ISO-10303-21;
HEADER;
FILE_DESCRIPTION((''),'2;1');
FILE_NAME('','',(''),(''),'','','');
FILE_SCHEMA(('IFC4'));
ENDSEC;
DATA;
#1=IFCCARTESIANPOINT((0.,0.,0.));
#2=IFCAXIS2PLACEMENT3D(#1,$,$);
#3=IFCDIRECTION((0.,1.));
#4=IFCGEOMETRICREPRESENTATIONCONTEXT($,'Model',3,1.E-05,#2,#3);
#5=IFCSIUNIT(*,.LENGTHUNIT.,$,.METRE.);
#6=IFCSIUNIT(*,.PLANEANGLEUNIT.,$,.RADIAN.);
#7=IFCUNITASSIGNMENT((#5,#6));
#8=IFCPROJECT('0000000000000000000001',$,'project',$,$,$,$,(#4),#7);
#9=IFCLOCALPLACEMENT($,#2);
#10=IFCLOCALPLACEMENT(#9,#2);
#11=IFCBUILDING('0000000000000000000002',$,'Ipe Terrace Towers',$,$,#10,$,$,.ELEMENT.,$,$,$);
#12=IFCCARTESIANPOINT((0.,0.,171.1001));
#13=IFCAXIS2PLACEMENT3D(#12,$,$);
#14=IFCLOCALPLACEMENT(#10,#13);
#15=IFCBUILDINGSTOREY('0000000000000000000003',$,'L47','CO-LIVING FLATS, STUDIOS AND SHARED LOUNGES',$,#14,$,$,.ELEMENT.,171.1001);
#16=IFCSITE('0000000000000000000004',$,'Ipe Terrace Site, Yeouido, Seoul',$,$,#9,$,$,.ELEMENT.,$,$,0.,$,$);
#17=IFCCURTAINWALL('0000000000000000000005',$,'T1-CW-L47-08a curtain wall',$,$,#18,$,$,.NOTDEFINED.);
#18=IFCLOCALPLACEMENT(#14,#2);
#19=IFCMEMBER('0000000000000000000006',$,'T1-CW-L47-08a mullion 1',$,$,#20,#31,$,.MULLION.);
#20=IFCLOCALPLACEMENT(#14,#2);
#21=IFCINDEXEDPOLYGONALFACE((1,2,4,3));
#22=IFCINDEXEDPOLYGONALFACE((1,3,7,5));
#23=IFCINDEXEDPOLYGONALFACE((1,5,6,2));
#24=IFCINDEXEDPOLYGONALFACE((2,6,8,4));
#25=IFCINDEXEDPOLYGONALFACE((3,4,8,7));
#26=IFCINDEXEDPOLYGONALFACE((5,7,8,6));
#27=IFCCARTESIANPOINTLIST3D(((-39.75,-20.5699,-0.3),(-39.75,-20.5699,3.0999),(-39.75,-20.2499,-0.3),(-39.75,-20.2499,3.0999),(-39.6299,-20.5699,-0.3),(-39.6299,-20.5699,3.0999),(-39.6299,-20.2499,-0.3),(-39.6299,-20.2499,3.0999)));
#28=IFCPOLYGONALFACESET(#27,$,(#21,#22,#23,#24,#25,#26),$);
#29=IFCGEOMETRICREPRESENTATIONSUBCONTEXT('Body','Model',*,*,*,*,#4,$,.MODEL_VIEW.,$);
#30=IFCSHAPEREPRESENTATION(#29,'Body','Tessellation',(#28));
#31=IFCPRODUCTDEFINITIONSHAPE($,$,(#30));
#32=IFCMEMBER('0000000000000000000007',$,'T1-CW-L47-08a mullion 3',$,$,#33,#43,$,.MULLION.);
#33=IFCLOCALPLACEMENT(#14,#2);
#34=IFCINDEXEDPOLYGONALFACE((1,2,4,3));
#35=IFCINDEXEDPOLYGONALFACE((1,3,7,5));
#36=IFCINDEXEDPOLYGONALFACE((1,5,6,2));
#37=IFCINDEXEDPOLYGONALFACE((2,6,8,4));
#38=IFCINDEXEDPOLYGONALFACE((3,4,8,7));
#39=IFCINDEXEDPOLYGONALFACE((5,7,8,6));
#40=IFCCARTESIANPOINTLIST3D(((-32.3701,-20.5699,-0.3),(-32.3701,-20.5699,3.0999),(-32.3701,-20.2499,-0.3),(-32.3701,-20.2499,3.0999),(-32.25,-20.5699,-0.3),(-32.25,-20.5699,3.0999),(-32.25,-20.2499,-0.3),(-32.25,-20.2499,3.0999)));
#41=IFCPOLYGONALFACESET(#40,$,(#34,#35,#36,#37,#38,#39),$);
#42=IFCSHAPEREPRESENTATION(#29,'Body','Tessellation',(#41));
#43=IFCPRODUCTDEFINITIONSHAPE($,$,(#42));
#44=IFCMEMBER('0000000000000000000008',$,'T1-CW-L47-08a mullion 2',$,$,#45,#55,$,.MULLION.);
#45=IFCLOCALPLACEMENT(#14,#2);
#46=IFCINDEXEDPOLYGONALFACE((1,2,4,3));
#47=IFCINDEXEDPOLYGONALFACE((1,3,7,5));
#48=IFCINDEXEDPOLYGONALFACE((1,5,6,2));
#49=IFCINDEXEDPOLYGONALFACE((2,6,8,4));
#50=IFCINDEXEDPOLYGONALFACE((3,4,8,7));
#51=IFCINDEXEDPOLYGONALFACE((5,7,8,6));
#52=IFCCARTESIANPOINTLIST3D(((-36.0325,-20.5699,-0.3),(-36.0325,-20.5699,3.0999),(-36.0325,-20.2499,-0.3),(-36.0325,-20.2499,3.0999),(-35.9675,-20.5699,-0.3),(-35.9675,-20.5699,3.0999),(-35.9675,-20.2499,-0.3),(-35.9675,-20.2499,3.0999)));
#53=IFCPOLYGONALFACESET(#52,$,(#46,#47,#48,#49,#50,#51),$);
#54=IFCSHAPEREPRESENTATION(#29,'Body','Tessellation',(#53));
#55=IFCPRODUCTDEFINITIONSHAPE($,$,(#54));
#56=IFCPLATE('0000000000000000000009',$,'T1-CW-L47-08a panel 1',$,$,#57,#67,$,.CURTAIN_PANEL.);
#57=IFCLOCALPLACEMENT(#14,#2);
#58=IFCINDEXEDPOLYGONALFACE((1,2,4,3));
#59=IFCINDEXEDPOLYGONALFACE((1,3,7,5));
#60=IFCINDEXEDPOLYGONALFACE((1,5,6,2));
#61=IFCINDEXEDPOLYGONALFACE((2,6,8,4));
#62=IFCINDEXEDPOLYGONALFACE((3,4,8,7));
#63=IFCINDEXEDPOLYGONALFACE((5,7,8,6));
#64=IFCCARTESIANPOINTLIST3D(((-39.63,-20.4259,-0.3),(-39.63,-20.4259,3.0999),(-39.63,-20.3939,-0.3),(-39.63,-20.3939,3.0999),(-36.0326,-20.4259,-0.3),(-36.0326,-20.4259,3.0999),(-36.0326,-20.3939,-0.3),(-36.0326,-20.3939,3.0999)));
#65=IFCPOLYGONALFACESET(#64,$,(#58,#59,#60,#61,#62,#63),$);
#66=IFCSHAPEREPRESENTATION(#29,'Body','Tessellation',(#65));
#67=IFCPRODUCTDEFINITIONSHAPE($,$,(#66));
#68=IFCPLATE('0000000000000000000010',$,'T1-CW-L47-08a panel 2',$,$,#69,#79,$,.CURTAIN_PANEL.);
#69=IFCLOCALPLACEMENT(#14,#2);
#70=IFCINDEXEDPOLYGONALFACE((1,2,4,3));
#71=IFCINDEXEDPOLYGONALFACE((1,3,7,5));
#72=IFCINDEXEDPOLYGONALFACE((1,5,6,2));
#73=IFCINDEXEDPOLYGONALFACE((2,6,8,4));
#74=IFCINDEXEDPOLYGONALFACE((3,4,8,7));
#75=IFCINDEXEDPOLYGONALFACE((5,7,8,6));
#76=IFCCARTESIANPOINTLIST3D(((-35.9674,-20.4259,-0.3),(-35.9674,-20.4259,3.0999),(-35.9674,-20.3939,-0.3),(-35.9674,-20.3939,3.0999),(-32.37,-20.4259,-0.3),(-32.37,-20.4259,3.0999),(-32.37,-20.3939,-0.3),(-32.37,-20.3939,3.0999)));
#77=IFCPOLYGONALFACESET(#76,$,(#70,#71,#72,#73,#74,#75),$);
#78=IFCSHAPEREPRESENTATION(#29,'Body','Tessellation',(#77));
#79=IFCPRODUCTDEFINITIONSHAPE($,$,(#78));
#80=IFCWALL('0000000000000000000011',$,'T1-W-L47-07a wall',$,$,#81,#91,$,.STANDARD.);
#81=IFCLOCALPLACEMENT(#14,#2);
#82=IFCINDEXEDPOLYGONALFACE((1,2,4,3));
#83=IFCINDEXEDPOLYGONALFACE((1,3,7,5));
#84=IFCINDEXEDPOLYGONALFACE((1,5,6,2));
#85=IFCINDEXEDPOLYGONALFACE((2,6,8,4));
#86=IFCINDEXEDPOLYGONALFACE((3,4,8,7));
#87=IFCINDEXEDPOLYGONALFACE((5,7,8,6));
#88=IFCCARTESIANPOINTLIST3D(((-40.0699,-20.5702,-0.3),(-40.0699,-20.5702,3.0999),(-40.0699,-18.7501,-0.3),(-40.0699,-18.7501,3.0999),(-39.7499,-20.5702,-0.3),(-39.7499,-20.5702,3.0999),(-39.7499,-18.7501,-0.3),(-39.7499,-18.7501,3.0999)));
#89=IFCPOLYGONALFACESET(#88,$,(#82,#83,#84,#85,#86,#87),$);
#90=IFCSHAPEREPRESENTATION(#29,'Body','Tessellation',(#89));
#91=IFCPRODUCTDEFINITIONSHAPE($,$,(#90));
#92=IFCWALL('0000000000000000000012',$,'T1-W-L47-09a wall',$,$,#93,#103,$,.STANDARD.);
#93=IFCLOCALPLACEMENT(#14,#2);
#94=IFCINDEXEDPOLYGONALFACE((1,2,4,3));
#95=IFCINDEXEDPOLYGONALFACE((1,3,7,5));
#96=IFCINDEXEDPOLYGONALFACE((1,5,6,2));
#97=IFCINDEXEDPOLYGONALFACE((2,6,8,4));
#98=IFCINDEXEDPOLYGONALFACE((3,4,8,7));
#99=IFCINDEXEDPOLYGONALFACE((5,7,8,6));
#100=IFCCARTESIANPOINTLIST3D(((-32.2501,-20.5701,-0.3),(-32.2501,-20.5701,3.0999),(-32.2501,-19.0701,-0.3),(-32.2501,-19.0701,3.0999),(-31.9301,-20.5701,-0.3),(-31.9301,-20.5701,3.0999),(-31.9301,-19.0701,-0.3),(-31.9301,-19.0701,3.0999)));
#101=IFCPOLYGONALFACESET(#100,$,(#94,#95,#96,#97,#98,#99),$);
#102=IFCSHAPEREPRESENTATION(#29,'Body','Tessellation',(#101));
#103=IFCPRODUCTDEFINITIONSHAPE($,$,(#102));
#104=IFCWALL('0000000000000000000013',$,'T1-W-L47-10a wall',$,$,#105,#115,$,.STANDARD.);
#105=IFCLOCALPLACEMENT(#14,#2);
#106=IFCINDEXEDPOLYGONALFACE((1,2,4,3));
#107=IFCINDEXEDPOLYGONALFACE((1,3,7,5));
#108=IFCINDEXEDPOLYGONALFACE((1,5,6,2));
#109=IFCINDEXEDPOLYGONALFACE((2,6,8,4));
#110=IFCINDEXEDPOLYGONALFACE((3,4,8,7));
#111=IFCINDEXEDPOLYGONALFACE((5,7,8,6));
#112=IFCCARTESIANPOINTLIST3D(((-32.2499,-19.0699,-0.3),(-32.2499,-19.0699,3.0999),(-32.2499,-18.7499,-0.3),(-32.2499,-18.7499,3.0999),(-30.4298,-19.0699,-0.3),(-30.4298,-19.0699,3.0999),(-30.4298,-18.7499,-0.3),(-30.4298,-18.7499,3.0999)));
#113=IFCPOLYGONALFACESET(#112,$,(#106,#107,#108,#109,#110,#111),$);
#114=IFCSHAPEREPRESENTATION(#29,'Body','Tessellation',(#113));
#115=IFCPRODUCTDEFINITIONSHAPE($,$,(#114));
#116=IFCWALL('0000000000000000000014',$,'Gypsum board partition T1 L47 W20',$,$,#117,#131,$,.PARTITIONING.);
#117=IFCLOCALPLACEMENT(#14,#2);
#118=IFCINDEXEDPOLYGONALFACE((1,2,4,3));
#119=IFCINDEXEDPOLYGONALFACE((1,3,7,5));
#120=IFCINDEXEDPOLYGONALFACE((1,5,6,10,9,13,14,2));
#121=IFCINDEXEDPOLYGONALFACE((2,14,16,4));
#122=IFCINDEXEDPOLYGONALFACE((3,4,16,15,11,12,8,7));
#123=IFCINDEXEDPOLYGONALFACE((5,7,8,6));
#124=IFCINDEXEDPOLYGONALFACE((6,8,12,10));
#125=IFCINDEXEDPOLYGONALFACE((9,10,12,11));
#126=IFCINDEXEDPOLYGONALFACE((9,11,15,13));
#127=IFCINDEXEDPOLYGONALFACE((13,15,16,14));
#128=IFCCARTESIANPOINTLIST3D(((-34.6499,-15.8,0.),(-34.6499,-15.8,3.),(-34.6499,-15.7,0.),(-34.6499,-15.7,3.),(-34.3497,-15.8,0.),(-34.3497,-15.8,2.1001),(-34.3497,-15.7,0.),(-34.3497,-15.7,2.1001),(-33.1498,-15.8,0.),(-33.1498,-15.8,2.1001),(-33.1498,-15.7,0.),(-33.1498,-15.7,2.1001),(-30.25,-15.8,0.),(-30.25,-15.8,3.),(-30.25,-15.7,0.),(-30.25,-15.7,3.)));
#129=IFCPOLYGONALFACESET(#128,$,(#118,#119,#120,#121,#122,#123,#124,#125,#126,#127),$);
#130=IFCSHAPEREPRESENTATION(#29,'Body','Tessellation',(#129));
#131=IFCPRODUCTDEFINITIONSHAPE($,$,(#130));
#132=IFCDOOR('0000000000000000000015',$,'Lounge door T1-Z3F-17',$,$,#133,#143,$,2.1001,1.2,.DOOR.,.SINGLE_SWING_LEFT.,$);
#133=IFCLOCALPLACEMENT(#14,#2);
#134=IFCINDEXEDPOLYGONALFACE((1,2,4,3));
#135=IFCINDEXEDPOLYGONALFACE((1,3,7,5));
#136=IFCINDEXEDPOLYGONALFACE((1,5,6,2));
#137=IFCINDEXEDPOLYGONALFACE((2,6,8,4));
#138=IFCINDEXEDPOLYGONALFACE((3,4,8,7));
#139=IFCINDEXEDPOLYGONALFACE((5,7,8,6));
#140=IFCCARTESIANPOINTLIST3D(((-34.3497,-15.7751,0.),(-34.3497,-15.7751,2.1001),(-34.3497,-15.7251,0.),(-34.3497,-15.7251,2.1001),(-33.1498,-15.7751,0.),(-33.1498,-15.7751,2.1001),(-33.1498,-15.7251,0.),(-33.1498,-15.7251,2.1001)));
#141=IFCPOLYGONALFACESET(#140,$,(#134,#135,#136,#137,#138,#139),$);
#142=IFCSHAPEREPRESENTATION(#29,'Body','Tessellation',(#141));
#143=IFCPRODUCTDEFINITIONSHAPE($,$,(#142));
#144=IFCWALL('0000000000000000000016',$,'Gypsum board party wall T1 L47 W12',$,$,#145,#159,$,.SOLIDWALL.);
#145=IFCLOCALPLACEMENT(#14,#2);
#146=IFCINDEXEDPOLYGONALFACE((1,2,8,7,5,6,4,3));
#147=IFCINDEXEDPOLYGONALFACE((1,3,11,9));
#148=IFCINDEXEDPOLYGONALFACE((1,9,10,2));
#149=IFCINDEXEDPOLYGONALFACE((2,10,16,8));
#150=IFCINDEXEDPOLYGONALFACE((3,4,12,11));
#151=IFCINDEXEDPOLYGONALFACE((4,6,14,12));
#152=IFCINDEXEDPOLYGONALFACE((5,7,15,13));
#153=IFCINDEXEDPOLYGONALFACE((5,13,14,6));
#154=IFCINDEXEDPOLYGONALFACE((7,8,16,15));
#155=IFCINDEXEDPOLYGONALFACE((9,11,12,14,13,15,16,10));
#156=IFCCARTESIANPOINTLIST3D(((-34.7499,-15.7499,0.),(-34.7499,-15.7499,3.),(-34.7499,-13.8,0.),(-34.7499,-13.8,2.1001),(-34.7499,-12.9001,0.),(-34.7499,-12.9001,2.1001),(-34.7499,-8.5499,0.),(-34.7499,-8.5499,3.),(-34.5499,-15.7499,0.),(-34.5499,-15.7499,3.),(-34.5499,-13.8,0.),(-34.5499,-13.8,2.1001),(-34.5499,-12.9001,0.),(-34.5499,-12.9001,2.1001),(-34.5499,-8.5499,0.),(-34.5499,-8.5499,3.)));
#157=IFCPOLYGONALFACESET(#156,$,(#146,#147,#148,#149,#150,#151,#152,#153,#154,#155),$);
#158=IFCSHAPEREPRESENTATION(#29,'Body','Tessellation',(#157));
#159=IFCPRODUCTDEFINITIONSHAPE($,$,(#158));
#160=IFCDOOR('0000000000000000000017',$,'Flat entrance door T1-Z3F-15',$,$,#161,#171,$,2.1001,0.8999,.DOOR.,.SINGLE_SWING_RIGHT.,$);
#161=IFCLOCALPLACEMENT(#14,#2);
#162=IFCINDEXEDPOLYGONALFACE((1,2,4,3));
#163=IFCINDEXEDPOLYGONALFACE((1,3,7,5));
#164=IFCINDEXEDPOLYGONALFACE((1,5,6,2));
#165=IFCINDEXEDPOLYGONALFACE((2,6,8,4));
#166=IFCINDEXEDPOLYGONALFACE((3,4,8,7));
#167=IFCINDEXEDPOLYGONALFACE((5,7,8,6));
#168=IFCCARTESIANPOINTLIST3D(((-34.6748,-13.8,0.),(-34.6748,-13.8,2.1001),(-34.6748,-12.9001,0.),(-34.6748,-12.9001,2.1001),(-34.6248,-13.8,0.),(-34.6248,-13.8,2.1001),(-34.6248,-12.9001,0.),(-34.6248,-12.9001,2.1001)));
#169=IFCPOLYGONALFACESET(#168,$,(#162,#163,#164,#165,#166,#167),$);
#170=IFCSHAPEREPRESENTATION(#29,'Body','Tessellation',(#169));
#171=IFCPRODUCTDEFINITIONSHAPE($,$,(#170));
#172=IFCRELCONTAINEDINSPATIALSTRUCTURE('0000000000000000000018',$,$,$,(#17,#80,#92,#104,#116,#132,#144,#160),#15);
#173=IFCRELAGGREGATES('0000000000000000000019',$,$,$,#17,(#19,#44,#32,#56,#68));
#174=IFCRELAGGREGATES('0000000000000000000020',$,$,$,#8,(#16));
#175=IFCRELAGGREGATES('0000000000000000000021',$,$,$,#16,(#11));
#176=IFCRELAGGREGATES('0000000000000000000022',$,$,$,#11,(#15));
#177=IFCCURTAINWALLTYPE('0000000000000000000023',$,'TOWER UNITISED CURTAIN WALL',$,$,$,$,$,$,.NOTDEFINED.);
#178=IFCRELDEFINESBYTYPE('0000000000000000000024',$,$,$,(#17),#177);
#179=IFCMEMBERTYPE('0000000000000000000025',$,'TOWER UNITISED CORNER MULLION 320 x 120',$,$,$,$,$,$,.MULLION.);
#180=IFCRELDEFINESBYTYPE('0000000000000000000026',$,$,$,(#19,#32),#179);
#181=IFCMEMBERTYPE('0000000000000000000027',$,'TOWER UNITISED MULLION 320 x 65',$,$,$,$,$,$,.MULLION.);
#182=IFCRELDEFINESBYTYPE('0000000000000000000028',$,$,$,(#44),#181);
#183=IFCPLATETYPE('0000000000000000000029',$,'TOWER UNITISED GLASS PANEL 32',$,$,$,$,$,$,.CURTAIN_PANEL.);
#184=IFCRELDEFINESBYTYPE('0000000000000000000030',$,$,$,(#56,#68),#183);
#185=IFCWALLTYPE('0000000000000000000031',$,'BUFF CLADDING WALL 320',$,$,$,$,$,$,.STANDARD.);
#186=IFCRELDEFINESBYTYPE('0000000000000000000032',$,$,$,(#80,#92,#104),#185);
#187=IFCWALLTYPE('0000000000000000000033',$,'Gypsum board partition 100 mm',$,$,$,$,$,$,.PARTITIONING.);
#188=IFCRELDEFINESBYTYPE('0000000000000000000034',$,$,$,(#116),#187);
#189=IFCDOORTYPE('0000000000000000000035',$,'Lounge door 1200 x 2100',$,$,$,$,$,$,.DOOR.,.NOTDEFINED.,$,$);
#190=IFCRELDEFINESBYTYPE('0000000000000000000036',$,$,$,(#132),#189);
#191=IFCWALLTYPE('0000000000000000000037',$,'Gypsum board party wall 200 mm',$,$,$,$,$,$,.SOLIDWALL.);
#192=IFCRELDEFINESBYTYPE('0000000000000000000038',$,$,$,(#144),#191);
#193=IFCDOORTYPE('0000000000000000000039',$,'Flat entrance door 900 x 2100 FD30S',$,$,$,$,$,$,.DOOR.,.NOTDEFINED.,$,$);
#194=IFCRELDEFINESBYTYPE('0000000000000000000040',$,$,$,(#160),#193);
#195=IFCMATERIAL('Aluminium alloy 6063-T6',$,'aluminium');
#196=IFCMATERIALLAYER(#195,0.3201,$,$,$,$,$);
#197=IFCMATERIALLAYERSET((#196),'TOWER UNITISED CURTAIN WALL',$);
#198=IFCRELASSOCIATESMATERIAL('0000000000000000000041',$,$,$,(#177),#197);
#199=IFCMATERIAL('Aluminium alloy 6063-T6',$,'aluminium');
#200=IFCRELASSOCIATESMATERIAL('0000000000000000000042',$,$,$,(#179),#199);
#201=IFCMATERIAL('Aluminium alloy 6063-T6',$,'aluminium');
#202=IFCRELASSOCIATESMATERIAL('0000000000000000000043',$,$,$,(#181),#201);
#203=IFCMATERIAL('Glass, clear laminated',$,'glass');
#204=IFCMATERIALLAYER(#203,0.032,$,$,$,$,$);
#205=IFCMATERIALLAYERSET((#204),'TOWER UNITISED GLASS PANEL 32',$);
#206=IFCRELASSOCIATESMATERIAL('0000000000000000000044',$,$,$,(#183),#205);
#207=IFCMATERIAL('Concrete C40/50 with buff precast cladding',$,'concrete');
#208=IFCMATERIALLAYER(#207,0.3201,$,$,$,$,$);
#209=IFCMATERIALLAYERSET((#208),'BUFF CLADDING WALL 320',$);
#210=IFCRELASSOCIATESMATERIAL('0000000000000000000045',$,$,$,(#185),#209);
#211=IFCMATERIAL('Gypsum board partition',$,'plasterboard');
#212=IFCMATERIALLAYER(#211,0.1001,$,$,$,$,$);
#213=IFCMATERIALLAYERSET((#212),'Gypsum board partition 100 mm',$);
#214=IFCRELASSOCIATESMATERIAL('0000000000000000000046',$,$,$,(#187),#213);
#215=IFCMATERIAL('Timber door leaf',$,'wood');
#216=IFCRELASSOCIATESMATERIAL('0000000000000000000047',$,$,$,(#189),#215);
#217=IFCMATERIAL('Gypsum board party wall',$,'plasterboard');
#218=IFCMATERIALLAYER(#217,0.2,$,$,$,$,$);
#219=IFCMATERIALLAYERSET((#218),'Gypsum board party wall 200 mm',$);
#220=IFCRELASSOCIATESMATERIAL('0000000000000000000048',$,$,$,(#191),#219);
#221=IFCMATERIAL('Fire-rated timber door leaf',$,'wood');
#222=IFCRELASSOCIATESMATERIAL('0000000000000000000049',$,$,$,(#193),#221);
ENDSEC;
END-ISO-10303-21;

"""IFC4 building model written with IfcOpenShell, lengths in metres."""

from ifc_helpers import new_model, si_unit, direction, frame, frame_2d, origin, origin_2d, place, context, subcontext, project, spatial, rectangle, extrude, material, layer, layer_set, material_profile, profile_set, type_object, element, fill, aggregate, save


model = new_model("IFC4")

# Units and contexts
model_context = context("Model", 3, precision=1e-05, world=origin(), true_north=direction((0.0, 1.0)))
body_context = subcontext(model_context, "Body", "Model", "MODEL_VIEW")
ifc_project = project(units=[si_unit("LENGTHUNIT", "METRE"), si_unit("PLANEANGLEUNIT", "RADIAN")], contexts=[model_context])

# Site, building, storey
site_placement = place(None, origin())
site = spatial("IfcSite", under=ifc_project, at=site_placement, Name="Ipe Terrace Site, Yeouido, Seoul", CompositionType="ELEMENT", RefElevation=0.0)
building_placement = place(site_placement, origin())
building = spatial("IfcBuilding", under=site, at=building_placement, Name="Ipe Terrace Towers", CompositionType="ELEMENT")
storey_placement = place(building_placement, frame((0.0, 0.0, 171.1001)))
storey = spatial("IfcBuildingStorey", under=building, at=storey_placement, Name="L47", Description="CO-LIVING FLATS, STUDIOS AND SHARED LOUNGES", CompositionType="ELEMENT", Elevation=171.1001)

# Curtain wall, members, plates
ifc_material_1 = material(Name="Aluminium alloy 6063-T6", Category="aluminium")
ifc_layer_1 = layer(ifc_material_1, 0.3201)
ifc_layer_set_1 = layer_set([ifc_layer_1], Name="TOWER UNITISED CURTAIN WALL")
curtain_wall_type = type_object("IfcCurtainWallType", Name="TOWER UNITISED CURTAIN WALL", PredefinedType="NOTDEFINED", material=ifc_layer_set_1)
curtain_wall_placement = place(storey_placement, origin())
curtain_wall = element("IfcCurtainWall", 1, at=curtain_wall_placement, inside=storey, type_object=curtain_wall_type, Name="T1-CW-L47-08a curtain wall", PredefinedType="NOTDEFINED")
ifc_material_2 = material(Name="Aluminium alloy 6063-T6", Category="aluminium")
ifc_material_profile_1 = material_profile(ifc_material_2, rectangle(XDim=0.3201, YDim=0.1201, at=origin_2d()), Name="TOWER UNITISED CORNER MULLION 320 x 120")
ifc_profile_set_1 = profile_set([ifc_material_profile_1], Name="Aluminium alloy 6063-T6")
member_type_1 = type_object("IfcMemberType", Name="TOWER UNITISED CORNER MULLION 320 x 120", PredefinedType="MULLION", material=ifc_profile_set_1)
member_1_placement = place(storey_placement, frame((-39.6899, -20.4099, -0.3), z_axis=(0.0, 0.0, 1.0), x_axis=(0.0, -1.0, 0.0)))
member_1 = element("IfcMember", 2, at=member_1_placement, type_object=member_type_1, Name="T1-CW-L47-08a mullion 1", PredefinedType="MULLION", context=body_context, shape_type="SweptSolid", body=[
    extrude(rectangle(XDim=0.3201, YDim=0.1201, at=origin_2d()), origin(), (0.0, 0.0, 1.0), 3.3999),
])
member_2_placement = place(storey_placement, frame((-32.3101, -20.4099, -0.3), z_axis=(0.0, 0.0, 1.0), x_axis=(0.0, -1.0, 0.0)))
member_2 = element("IfcMember", 3, at=member_2_placement, type_object=member_type_1, Name="T1-CW-L47-08a mullion 3", PredefinedType="MULLION", context=body_context, shape_type="SweptSolid", body=[
    extrude(rectangle(XDim=0.3201, YDim=0.1201, at=origin_2d()), origin(), (0.0, 0.0, 1.0), 3.3999),
])
ifc_material_3 = material(Name="Aluminium alloy 6063-T6", Category="aluminium")
ifc_material_profile_2 = material_profile(ifc_material_3, rectangle(XDim=0.3201, YDim=0.0649, at=origin_2d()), Name="TOWER UNITISED MULLION 320 x 65")
ifc_profile_set_2 = profile_set([ifc_material_profile_2], Name="Aluminium alloy 6063-T6")
member_type_2 = type_object("IfcMemberType", Name="TOWER UNITISED MULLION 320 x 65", PredefinedType="MULLION", material=ifc_profile_set_2)
member_3_placement = place(storey_placement, frame((-36.0, -20.4099, -0.3), z_axis=(0.0, 0.0, 1.0), x_axis=(0.0, -1.0, 0.0)))
member_3 = element("IfcMember", 4, at=member_3_placement, type_object=member_type_2, Name="T1-CW-L47-08a mullion 2", PredefinedType="MULLION", context=body_context, shape_type="SweptSolid", body=[
    extrude(rectangle(XDim=0.3201, YDim=0.0649, at=origin_2d()), origin(), (0.0, 0.0, 1.0), 3.3999),
])
ifc_material_4 = material(Name="Glass, clear laminated", Category="glass")
ifc_layer_2 = layer(ifc_material_4, 0.032)
ifc_layer_set_2 = layer_set([ifc_layer_2], Name="TOWER UNITISED GLASS PANEL 32")
plate_type = type_object("IfcPlateType", Name="TOWER UNITISED GLASS PANEL 32", PredefinedType="CURTAIN_PANEL", material=ifc_layer_set_2)
plate_1_placement = place(storey_placement, frame((-37.8313, -20.4099, -0.3), z_axis=(0.0, 0.0, 1.0), x_axis=(1.0, 0.0, 0.0)))
plate_1 = element("IfcPlate", 5, at=plate_1_placement, type_object=plate_type, Name="T1-CW-L47-08a panel 1", PredefinedType="CURTAIN_PANEL", context=body_context, shape_type="SweptSolid", body=[
    extrude(rectangle(XDim=3.5974, YDim=0.032, at=origin_2d()), origin(), (0.0, 0.0, 1.0), 3.3999),
])
plate_2_placement = place(storey_placement, frame((-34.1687, -20.4099, -0.3), z_axis=(0.0, 0.0, 1.0), x_axis=(1.0, 0.0, 0.0)))
plate_2 = element("IfcPlate", 6, at=plate_2_placement, type_object=plate_type, Name="T1-CW-L47-08a panel 2", PredefinedType="CURTAIN_PANEL", context=body_context, shape_type="SweptSolid", body=[
    extrude(rectangle(XDim=3.5974, YDim=0.032, at=origin_2d()), origin(), (0.0, 0.0, 1.0), 3.3999),
])
aggregate(curtain_wall, [member_1, member_3, member_2, plate_1, plate_2])

# Walls
ifc_material_5 = material(Name="Concrete C40/50 with buff precast cladding", Category="concrete")
ifc_layer_3 = layer(ifc_material_5, 0.3201)
ifc_layer_set_3 = layer_set([ifc_layer_3], Name="BUFF CLADDING WALL 320")
wall_type_1 = type_object("IfcWallType", Name="BUFF CLADDING WALL 320", PredefinedType="STANDARD", material=ifc_layer_set_3)
wall_1_placement = place(storey_placement, frame((-39.9099, -18.75, -0.3), z_axis=(0.0, 0.0, 1.0), x_axis=(0.0, -1.0, 0.0)))
element("IfcWall", 7, at=wall_1_placement, inside=storey, type_object=wall_type_1, Name="T1-W-L47-07a wall", PredefinedType="STANDARD", context=body_context, shape_type="SweptSolid", body=[
    extrude(rectangle(XDim=1.8201, YDim=0.3201, at=frame_2d((0.9102, 0.0))), origin(), (0.0, 0.0, 1.0), 3.3999),
])
wall_2_placement = place(storey_placement, frame((-32.0901, -20.5701, -0.3), z_axis=(0.0, 0.0, 1.0), x_axis=(0.0, 1.0, 0.0)))
element("IfcWall", 8, at=wall_2_placement, inside=storey, type_object=wall_type_1, Name="T1-W-L47-09a wall", PredefinedType="STANDARD", context=body_context, shape_type="SweptSolid", body=[
    extrude(rectangle(XDim=1.5, YDim=0.3201, at=frame_2d((0.75, 0.0))), origin(), (0.0, 0.0, 1.0), 3.3999),
])
wall_3_placement = place(storey_placement, frame((-32.25, -18.9099, -0.3), z_axis=(0.0, 0.0, 1.0), x_axis=(1.0, 0.0, 0.0)))
element("IfcWall", 9, at=wall_3_placement, inside=storey, type_object=wall_type_1, Name="T1-W-L47-10a wall", PredefinedType="STANDARD", context=body_context, shape_type="SweptSolid", body=[
    extrude(rectangle(XDim=1.8201, YDim=0.3201, at=frame_2d((0.9102, 0.0))), origin(), (0.0, 0.0, 1.0), 3.3999),
])

# Walls, openings, doors
ifc_material_6 = material(Name="Gypsum board partition", Category="plasterboard")
ifc_layer_4 = layer(ifc_material_6, 0.1001)
ifc_layer_set_4 = layer_set([ifc_layer_4], Name="Gypsum board partition 100 mm")
wall_type_2 = type_object("IfcWallType", Name="Gypsum board partition 100 mm", PredefinedType="PARTITIONING", material=ifc_layer_set_4)
wall_4_placement = place(storey_placement, frame((-34.6499, -15.75, 0.0), z_axis=(0.0, 0.0, 1.0), x_axis=(1.0, 0.0, 0.0)))
wall_4 = element("IfcWall", 10, at=wall_4_placement, inside=storey, type_object=wall_type_2, Name="Gypsum board partition T1 L47 W20", PredefinedType="PARTITIONING", context=body_context, shape_type="SweptSolid", body=[
    extrude(rectangle(XDim=4.3999, YDim=0.1001, at=frame_2d((2.2, 0.0))), origin(), (0.0, 0.0, 1.0), 3.0),
])
opening_1_placement = place(wall_4_placement, frame((0.3, 0.0, 0.0)))
opening_1 = element("IfcOpeningElement", 11, at=opening_1_placement, cuts=wall_4, PredefinedType="OPENING", context=body_context, shape_type="SweptSolid", body=[
    extrude(rectangle(XDim=1.2, YDim=2.1001, at=frame_2d((0.6001, 1.05))), frame((0.0, 0.0601, 0.0), z_axis=(0.0, -1.0, 0.0), x_axis=(1.0, 0.0, 0.0)), (0.0, 0.0, 1.0), 0.1201),
])
ifc_material_7 = material(Name="Timber door leaf", Category="wood")
door_type_1 = type_object("IfcDoorType", Name="Lounge door 1200 x 2100", OperationType="NOTDEFINED", PredefinedType="DOOR", material=ifc_material_7)
door_1_placement = place(opening_1_placement, origin())
door_1 = element("IfcDoor", 12, at=door_1_placement, inside=storey, type_object=door_type_1, Name="Lounge door T1-Z3F-17", OperationType="SINGLE_SWING_LEFT", OverallHeight=2.1001, OverallWidth=1.2, PredefinedType="DOOR", context=body_context, shape_type="SweptSolid", body=[
    extrude(rectangle(XDim=1.2, YDim=2.1001, at=frame_2d((0.6001, 1.05))), frame((0.0, 0.0249, 0.0), z_axis=(0.0, -1.0, 0.0), x_axis=(1.0, 0.0, 0.0)), (0.0, 0.0, 1.0), 0.05),
])
fill(opening_1, door_1)
ifc_material_8 = material(Name="Gypsum board party wall", Category="plasterboard")
ifc_layer_5 = layer(ifc_material_8, 0.2)
ifc_layer_set_5 = layer_set([ifc_layer_5], Name="Gypsum board party wall 200 mm")
wall_type_3 = type_object("IfcWallType", Name="Gypsum board party wall 200 mm", PredefinedType="SOLIDWALL", material=ifc_layer_set_5)
wall_5_placement = place(storey_placement, frame((-34.6499, -15.75, 0.0), z_axis=(0.0, 0.0, 1.0), x_axis=(0.0, 1.0, 0.0)))
wall_5 = element("IfcWall", 13, at=wall_5_placement, inside=storey, type_object=wall_type_3, Name="Gypsum board party wall T1 L47 W12", PredefinedType="SOLIDWALL", context=body_context, shape_type="SweptSolid", body=[
    extrude(rectangle(XDim=7.2, YDim=0.2, at=frame_2d((3.6001, 0.0))), origin(), (0.0, 0.0, 1.0), 3.0),
])
opening_2_placement = place(wall_5_placement, frame((1.95, 0.0, 0.0)))
opening_2 = element("IfcOpeningElement", 14, at=opening_2_placement, cuts=wall_5, PredefinedType="OPENING", context=body_context, shape_type="SweptSolid", body=[
    extrude(rectangle(XDim=0.8999, YDim=2.1001, at=frame_2d((0.45, 1.05))), frame((0.0, 0.1099, 0.0), z_axis=(0.0, -1.0, 0.0), x_axis=(1.0, 0.0, 0.0)), (0.0, 0.0, 1.0), 0.22),
])
ifc_material_9 = material(Name="Fire-rated timber door leaf", Category="wood")
door_type_2 = type_object("IfcDoorType", Name="Flat entrance door 900 x 2100 FD30S", OperationType="NOTDEFINED", PredefinedType="DOOR", material=ifc_material_9)
door_2_placement = place(opening_2_placement, origin())
door_2 = element("IfcDoor", 15, at=door_2_placement, inside=storey, type_object=door_type_2, Name="Flat entrance door T1-Z3F-15", OperationType="SINGLE_SWING_RIGHT", OverallHeight=2.1001, OverallWidth=0.8999, PredefinedType="DOOR", context=body_context, shape_type="SweptSolid", body=[
    extrude(rectangle(XDim=0.8999, YDim=2.1001, at=frame_2d((0.45, 1.05))), frame((0.0, 0.0249, 0.0), z_axis=(0.0, -1.0, 0.0), x_axis=(1.0, 0.0, 0.0)), (0.0, 0.0, 1.0), 0.05),
])
fill(opening_2, door_2)

save(model, "model.ifc")
